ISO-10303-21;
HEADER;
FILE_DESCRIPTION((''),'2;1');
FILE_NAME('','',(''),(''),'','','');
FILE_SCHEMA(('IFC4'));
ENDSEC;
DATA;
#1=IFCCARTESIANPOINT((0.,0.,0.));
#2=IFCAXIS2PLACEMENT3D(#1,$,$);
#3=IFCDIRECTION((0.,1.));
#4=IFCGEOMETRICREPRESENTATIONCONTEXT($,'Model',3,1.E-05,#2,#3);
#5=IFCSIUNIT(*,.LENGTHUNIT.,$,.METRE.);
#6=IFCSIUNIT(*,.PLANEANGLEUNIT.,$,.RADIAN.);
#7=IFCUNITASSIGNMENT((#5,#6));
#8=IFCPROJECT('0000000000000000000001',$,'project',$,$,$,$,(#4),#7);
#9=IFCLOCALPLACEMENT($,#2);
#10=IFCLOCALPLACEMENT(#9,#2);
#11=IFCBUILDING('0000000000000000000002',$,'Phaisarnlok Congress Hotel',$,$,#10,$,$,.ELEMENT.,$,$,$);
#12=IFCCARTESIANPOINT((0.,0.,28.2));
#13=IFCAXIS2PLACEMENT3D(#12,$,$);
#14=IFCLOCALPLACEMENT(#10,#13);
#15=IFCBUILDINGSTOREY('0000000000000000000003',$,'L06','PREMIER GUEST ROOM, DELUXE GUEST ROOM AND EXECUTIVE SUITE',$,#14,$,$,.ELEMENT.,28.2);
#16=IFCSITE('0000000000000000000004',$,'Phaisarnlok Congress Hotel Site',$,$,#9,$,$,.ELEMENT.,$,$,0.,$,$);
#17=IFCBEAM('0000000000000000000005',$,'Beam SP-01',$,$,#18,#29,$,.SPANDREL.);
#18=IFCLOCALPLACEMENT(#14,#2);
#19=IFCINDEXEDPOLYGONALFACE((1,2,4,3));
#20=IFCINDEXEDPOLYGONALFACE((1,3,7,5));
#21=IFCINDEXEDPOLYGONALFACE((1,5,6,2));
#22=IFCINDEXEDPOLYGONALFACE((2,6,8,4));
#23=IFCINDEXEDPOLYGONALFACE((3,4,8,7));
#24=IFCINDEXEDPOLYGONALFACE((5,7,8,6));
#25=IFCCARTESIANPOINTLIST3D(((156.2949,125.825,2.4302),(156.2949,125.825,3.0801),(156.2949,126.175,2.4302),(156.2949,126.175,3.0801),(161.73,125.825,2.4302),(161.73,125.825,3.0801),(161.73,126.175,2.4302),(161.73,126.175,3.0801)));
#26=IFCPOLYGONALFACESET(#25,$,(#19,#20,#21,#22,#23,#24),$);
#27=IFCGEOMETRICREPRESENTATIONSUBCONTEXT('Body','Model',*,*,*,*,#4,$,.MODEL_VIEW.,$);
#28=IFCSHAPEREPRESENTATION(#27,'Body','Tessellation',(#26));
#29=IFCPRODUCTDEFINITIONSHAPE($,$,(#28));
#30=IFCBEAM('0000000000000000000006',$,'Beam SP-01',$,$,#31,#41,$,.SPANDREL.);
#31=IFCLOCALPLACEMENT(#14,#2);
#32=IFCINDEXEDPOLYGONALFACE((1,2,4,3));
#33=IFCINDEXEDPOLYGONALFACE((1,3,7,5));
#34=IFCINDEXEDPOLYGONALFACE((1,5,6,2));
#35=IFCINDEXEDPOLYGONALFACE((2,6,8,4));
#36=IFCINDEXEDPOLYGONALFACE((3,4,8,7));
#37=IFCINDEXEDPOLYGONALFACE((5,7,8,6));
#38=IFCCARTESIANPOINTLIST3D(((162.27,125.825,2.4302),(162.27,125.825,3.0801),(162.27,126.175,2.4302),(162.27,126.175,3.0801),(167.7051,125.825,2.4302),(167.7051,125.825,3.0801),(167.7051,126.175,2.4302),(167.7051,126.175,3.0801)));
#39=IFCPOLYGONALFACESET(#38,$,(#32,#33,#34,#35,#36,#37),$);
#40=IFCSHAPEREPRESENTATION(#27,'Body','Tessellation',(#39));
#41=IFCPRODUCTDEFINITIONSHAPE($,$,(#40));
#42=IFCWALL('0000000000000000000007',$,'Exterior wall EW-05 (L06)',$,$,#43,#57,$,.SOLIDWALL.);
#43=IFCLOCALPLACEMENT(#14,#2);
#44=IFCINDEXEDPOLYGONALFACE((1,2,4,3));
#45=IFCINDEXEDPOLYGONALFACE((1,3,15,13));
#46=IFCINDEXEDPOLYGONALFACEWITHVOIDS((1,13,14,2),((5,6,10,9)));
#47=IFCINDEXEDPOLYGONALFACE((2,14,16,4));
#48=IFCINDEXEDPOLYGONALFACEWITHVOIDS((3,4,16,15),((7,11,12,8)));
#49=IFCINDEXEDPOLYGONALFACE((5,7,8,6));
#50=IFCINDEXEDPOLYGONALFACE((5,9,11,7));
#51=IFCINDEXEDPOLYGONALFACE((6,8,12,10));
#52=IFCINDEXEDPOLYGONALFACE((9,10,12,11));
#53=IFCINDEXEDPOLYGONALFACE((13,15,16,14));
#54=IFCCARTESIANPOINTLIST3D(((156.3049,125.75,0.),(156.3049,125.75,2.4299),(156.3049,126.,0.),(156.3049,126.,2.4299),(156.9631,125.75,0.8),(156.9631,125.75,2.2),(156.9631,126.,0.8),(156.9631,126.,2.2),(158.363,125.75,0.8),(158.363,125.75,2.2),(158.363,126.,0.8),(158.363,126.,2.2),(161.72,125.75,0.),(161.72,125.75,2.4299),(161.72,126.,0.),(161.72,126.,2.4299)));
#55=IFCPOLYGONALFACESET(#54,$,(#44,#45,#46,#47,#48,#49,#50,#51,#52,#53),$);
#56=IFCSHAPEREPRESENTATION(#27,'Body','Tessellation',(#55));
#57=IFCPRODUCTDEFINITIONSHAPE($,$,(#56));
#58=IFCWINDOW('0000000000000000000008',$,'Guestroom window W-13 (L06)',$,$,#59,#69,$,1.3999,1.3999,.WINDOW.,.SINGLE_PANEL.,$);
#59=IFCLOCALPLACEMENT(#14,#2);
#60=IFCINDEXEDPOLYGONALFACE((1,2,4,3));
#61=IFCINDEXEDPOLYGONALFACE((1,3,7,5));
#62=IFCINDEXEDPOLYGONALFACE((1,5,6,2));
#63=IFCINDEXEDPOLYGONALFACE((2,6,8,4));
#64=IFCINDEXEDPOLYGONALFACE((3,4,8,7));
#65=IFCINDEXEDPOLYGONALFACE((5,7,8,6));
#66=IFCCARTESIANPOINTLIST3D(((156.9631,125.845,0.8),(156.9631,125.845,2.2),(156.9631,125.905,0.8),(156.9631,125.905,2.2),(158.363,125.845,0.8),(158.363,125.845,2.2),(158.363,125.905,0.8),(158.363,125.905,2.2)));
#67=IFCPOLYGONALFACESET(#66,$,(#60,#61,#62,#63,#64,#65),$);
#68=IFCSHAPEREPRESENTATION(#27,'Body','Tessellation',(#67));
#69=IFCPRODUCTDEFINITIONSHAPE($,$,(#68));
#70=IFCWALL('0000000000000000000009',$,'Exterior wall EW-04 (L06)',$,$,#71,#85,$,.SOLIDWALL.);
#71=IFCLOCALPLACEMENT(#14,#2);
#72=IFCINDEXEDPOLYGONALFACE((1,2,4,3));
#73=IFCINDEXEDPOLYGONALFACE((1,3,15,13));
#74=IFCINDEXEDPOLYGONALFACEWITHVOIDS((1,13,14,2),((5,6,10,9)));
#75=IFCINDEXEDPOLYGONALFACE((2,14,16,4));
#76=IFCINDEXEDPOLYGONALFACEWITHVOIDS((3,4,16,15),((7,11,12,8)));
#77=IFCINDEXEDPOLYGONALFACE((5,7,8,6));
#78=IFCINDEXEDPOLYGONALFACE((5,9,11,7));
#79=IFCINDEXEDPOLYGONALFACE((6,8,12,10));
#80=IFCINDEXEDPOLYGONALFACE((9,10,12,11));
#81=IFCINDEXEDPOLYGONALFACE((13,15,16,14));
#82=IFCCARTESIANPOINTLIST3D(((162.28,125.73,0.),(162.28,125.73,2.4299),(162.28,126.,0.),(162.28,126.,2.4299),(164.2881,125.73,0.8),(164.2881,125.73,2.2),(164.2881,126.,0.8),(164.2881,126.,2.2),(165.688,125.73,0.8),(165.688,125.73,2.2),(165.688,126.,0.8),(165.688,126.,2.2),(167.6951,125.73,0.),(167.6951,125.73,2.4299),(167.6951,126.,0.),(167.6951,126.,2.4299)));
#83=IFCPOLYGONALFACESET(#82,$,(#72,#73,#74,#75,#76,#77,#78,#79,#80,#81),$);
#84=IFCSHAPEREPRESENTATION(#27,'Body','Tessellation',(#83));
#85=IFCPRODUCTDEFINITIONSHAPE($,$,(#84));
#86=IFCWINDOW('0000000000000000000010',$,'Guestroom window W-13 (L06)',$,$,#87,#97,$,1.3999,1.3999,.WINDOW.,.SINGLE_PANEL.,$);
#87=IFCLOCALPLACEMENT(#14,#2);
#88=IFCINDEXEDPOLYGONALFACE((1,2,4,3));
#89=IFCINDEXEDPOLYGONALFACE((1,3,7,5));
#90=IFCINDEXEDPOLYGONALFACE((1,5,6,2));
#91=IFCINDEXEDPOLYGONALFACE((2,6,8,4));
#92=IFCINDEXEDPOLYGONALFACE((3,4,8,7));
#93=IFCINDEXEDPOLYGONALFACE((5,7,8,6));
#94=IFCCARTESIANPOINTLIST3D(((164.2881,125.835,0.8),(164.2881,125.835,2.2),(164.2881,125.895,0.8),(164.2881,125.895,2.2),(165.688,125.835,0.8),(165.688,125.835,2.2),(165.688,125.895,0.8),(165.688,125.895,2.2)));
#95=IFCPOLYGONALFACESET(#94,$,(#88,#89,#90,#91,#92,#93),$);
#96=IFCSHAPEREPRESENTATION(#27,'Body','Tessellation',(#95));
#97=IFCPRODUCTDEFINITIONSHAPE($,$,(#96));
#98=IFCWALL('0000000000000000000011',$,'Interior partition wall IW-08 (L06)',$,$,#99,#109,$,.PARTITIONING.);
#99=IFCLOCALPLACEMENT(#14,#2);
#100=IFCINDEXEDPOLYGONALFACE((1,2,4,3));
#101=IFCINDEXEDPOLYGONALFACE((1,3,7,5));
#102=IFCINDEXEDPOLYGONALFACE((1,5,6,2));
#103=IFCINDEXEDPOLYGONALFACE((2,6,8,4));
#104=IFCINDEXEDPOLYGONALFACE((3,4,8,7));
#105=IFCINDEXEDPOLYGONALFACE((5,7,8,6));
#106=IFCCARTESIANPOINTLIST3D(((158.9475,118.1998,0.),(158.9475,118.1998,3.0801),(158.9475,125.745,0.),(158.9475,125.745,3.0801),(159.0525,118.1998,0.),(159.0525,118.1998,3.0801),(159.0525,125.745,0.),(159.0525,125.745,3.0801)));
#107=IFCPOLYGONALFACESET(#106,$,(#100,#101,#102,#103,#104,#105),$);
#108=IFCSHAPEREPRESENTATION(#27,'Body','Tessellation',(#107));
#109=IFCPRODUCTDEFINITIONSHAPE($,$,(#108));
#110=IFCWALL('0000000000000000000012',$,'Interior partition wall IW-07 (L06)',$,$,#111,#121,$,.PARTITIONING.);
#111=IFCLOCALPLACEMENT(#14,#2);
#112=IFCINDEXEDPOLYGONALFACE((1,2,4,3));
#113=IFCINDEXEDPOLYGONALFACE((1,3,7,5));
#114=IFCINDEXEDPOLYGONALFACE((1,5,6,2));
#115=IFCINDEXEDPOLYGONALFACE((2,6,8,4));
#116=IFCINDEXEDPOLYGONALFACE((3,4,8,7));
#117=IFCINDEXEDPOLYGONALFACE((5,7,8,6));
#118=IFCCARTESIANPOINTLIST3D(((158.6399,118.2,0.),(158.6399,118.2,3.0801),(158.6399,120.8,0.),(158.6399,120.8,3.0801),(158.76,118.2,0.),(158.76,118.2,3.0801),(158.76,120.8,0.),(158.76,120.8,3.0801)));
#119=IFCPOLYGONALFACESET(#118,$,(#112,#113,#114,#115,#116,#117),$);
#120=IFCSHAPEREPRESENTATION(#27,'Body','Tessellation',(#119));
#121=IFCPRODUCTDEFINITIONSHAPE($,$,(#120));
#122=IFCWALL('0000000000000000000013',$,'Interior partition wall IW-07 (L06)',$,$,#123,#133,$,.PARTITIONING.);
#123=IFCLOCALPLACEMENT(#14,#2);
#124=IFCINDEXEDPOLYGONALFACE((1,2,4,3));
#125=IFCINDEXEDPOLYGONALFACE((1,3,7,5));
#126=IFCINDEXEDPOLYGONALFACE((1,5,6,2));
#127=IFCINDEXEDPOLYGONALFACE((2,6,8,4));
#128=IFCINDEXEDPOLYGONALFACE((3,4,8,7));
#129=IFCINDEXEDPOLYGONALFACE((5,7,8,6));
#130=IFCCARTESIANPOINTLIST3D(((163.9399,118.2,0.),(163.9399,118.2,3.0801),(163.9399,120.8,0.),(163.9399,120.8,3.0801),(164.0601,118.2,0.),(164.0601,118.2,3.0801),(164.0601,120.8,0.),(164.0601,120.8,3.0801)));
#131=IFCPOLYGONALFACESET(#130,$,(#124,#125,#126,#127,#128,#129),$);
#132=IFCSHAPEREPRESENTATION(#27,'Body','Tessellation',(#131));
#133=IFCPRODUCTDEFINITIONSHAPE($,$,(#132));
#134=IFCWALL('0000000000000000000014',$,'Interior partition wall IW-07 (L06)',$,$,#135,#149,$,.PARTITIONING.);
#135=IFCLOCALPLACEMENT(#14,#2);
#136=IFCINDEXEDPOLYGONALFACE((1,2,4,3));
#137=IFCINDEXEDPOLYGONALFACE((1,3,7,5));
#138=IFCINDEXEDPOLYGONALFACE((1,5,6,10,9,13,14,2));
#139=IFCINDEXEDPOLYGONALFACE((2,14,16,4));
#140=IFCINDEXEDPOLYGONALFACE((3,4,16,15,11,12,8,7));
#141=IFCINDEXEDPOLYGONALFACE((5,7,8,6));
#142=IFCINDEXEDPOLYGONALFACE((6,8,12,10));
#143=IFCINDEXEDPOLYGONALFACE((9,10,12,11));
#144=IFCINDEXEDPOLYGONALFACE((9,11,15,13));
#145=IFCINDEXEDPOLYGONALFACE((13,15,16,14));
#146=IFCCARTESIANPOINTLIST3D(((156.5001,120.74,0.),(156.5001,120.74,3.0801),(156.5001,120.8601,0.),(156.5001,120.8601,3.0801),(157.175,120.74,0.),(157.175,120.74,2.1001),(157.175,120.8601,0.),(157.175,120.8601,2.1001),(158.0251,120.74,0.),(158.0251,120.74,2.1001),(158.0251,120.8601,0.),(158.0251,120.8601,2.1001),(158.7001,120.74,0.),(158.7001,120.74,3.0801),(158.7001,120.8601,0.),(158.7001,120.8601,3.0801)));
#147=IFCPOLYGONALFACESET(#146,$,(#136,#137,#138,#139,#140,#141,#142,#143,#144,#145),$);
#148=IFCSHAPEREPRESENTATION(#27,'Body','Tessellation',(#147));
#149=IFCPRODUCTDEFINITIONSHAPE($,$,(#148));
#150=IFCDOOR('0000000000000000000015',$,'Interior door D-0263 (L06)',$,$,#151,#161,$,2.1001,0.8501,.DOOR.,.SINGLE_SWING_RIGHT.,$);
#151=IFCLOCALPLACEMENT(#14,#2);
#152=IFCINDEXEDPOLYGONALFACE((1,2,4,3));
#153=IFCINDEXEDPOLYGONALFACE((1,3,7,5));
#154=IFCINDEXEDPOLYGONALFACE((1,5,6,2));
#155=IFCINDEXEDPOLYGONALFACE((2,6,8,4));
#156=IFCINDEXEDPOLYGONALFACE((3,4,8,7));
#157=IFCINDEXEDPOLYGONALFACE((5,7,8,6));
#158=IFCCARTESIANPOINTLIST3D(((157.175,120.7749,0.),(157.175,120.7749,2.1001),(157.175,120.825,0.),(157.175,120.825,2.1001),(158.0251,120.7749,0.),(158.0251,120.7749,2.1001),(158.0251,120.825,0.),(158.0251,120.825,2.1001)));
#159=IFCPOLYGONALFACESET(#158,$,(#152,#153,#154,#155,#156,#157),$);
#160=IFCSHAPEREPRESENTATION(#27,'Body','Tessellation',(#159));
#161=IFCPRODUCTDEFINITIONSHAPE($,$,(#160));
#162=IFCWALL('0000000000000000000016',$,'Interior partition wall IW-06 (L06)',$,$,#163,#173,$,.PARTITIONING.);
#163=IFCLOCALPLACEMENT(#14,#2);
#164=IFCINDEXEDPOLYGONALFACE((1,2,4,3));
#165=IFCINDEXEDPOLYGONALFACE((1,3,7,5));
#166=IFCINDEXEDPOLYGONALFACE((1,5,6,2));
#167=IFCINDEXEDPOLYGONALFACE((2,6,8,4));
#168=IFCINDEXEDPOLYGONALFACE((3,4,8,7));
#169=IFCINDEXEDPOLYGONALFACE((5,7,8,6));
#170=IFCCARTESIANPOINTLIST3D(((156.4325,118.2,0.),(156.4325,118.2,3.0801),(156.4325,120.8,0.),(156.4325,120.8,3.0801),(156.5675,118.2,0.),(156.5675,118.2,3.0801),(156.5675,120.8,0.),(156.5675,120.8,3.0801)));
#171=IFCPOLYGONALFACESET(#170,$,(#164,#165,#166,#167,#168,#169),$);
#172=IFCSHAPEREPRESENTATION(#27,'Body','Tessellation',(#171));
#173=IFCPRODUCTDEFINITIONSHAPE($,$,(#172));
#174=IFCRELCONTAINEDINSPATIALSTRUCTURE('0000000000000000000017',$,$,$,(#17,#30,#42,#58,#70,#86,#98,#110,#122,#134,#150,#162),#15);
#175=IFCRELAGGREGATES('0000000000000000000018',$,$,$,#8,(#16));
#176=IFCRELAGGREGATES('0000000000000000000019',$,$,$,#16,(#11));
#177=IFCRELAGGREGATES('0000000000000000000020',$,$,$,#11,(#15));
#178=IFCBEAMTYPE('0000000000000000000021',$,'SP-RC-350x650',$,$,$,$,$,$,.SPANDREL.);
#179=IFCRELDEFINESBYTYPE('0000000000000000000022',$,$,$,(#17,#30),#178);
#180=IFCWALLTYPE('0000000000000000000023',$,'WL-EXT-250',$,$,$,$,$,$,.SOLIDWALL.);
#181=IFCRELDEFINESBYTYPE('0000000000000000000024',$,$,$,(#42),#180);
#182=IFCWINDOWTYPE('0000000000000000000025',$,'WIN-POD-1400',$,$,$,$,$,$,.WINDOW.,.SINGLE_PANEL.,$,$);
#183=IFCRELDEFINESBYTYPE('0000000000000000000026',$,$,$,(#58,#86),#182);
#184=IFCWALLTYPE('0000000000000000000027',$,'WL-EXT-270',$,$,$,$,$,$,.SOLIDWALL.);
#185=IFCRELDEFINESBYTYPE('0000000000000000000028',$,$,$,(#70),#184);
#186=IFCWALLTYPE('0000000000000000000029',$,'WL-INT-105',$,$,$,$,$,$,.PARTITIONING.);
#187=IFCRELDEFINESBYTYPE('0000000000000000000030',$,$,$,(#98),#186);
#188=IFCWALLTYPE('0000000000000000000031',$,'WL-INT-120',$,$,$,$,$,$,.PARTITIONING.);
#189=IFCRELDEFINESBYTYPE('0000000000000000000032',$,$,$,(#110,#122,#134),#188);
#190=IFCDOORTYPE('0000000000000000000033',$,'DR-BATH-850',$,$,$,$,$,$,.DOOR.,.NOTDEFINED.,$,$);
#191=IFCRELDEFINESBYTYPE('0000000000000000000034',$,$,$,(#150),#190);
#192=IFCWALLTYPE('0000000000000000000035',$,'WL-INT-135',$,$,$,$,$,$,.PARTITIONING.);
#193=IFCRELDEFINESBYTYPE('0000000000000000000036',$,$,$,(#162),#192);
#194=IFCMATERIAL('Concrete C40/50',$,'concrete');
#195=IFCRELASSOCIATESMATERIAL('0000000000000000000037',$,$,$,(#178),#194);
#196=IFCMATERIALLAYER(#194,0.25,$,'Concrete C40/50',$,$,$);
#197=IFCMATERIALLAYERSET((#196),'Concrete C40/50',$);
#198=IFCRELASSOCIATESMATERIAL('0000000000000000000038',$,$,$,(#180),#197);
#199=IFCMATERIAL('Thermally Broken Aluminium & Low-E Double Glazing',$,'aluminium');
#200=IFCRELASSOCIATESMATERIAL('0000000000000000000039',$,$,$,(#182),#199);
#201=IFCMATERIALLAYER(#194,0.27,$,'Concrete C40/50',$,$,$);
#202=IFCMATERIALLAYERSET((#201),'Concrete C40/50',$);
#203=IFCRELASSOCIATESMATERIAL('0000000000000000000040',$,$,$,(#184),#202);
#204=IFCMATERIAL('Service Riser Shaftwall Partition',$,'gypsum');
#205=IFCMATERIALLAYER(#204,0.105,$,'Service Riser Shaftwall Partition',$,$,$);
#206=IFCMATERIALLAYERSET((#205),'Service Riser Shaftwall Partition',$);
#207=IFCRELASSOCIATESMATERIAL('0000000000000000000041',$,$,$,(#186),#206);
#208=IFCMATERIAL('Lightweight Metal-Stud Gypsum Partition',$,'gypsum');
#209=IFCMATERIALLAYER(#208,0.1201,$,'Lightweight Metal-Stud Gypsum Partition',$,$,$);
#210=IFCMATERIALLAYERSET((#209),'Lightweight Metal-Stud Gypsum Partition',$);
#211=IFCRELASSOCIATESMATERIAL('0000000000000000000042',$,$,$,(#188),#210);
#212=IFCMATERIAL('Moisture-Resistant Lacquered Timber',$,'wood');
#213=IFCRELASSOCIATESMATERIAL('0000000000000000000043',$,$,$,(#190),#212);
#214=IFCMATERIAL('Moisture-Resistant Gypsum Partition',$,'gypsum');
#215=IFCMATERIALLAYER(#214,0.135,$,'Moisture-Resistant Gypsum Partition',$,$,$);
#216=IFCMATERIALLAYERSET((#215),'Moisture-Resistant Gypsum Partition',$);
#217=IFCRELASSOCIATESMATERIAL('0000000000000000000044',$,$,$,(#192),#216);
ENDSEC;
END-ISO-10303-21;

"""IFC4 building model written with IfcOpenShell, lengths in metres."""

from ifc_helpers import new_model, si_unit, direction, frame, frame_2d, origin, origin_2d, place, context, subcontext, project, spatial, rectangle, extrude, material, layer, layer_set, material_profile, profile_set, type_object, element, fill, save


model = new_model("IFC4")

# Units and contexts
model_context = context("Model", 3, precision=1e-05, world=origin(), true_north=direction((0.0, 1.0)))
body_context = subcontext(model_context, "Body", "Model", "MODEL_VIEW")
ifc_project = project(units=[si_unit("LENGTHUNIT", "METRE"), si_unit("PLANEANGLEUNIT", "RADIAN")], contexts=[model_context])

# Site, building, storey
site_placement = place(None, origin())
site = spatial("IfcSite", under=ifc_project, at=site_placement, Name="Phaisarnlok Congress Hotel Site", CompositionType="ELEMENT", RefElevation=0.0)
building_placement = place(site_placement, origin())
building = spatial("IfcBuilding", under=site, at=building_placement, Name="Phaisarnlok Congress Hotel", CompositionType="ELEMENT")
storey_placement = place(building_placement, frame((0.0, 0.0, 28.2)))
storey = spatial("IfcBuildingStorey", under=building, at=storey_placement, Name="L06", Description="PREMIER GUEST ROOM, DELUXE GUEST ROOM AND EXECUTIVE SUITE", CompositionType="ELEMENT", Elevation=28.2)

# Beams
ifc_material_1 = material(Name="Concrete C40/50", Category="concrete")
ifc_material_profile_1 = material_profile(ifc_material_1, rectangle(XDim=0.3501, YDim=0.6499, at=origin_2d()), Name="RC 350x650")
ifc_profile_set_1 = profile_set([ifc_material_profile_1], Name="Concrete C40/50")
beam_type_1 = type_object("IfcBeamType", Name="SP-RC-350x650", PredefinedType="SPANDREL", material=ifc_profile_set_1)
for number, where, z_axis, x_axis, name in (
    (1, (156.2949, 126.0, 2.7551), (1.0, 0.0, 0.0), (0.0, 1.0, 0.0), "Beam SP-01"),
    (2, (162.27, 126.0, 2.7551), (1.0, 0.0, 0.0), (0.0, 1.0, 0.0), "Beam SP-01"),
):
    element("IfcBeam", number, at=place(storey_placement, frame(where, z_axis=z_axis, x_axis=x_axis)), inside=storey, type_object=beam_type_1, Name=name, PredefinedType="SPANDREL", context=body_context, shape_type="SweptSolid", body=[
        extrude(rectangle(XDim=0.3501, YDim=0.6499, at=origin_2d()), origin(), (0.0, 0.0, 1.0), 5.4351),
    ])

# Walls, openings, windows
ifc_layer_1 = layer(ifc_material_1, 0.25, Name="Concrete C40/50")
ifc_layer_set_1 = layer_set([ifc_layer_1], Name="Concrete C40/50")
wall_type_1 = type_object("IfcWallType", Name="WL-EXT-250", PredefinedType="SOLIDWALL", material=ifc_layer_set_1)
wall_1_placement = place(storey_placement, frame((161.72, 125.875, 0.0), z_axis=(0.0, 0.0, 1.0), x_axis=(-1.0, 0.0, 0.0)))
wall_1 = element("IfcWall", 3, at=wall_1_placement, inside=storey, type_object=wall_type_1, Name="Exterior wall EW-05 (L06)", PredefinedType="SOLIDWALL", context=body_context, shape_type="SweptSolid", body=[
    extrude(rectangle(XDim=5.415, YDim=0.25, at=frame_2d((2.7075, 0.0))), origin(), (0.0, 0.0, 1.0), 2.4299),
])
opening_1_placement = place(wall_1_placement, frame((3.3569, 0.0, 0.8)))
opening_1 = element("IfcOpeningElement", 4, at=opening_1_placement, cuts=wall_1, PredefinedType="OPENING", context=body_context, shape_type="SweptSolid", body=[
    extrude(rectangle(XDim=1.3999, YDim=1.3999, at=frame_2d((0.7, 0.7))), frame((0.0, 0.135, 0.0), z_axis=(0.0, -1.0, 0.0), x_axis=(1.0, 0.0, 0.0)), (0.0, 0.0, 1.0), 0.27),
])
ifc_material_2 = material(Name="Thermally Broken Aluminium & Low-E Double Glazing", Category="aluminium")
window_type = type_object("IfcWindowType", Name="WIN-POD-1400", PartitioningType="SINGLE_PANEL", PredefinedType="WINDOW", material=ifc_material_2)
window_1_placement = place(opening_1_placement, origin())
window_1 = element("IfcWindow", 5, at=window_1_placement, inside=storey, type_object=window_type, Name="Guestroom window W-13 (L06)", OverallHeight=1.3999, OverallWidth=1.3999, PartitioningType="SINGLE_PANEL", PredefinedType="WINDOW", context=body_context, shape_type="SweptSolid", body=[
    extrude(rectangle(XDim=1.3999, YDim=1.3999, at=frame_2d((0.7, 0.7))), frame((0.0, 0.03, 0.0), z_axis=(0.0, -1.0, 0.0), x_axis=(1.0, 0.0, 0.0)), (0.0, 0.0, 1.0), 0.0601),
])
fill(opening_1, window_1)
ifc_layer_2 = layer(ifc_material_1, 0.27, Name="Concrete C40/50")
ifc_layer_set_2 = layer_set([ifc_layer_2], Name="Concrete C40/50")
wall_type_2 = type_object("IfcWallType", Name="WL-EXT-270", PredefinedType="SOLIDWALL", material=ifc_layer_set_2)
wall_2_placement = place(storey_placement, frame((167.6951, 125.865, 0.0), z_axis=(0.0, 0.0, 1.0), x_axis=(-1.0, 0.0, 0.0)))
wall_2 = element("IfcWall", 6, at=wall_2_placement, inside=storey, type_object=wall_type_2, Name="Exterior wall EW-04 (L06)", PredefinedType="SOLIDWALL", context=body_context, shape_type="SweptSolid", body=[
    extrude(rectangle(XDim=5.415, YDim=0.27, at=frame_2d((2.7075, 0.0))), origin(), (0.0, 0.0, 1.0), 2.4299),
])
opening_2_placement = place(wall_2_placement, frame((2.0071, 0.0, 0.8)))
opening_2 = element("IfcOpeningElement", 7, at=opening_2_placement, cuts=wall_2, PredefinedType="OPENING", context=body_context, shape_type="SweptSolid", body=[
    extrude(rectangle(XDim=1.3999, YDim=1.3999, at=frame_2d((0.7, 0.7))), frame((0.0, 0.145, 0.0), z_axis=(0.0, -1.0, 0.0), x_axis=(1.0, 0.0, 0.0)), (0.0, 0.0, 1.0), 0.29),
])
window_2_placement = place(opening_2_placement, origin())
window_2 = element("IfcWindow", 8, at=window_2_placement, inside=storey, type_object=window_type, Name="Guestroom window W-13 (L06)", OverallHeight=1.3999, OverallWidth=1.3999, PartitioningType="SINGLE_PANEL", PredefinedType="WINDOW", context=body_context, shape_type="SweptSolid", body=[
    extrude(rectangle(XDim=1.3999, YDim=1.3999, at=frame_2d((0.7, 0.7))), frame((0.0, 0.03, 0.0), z_axis=(0.0, -1.0, 0.0), x_axis=(1.0, 0.0, 0.0)), (0.0, 0.0, 1.0), 0.0601),
])
fill(opening_2, window_2)

# Walls
ifc_material_3 = material(Name="Service Riser Shaftwall Partition", Category="gypsum")
ifc_layer_3 = layer(ifc_material_3, 0.105, Name="Service Riser Shaftwall Partition")
ifc_layer_set_3 = layer_set([ifc_layer_3], Name="Service Riser Shaftwall Partition")
wall_type_3 = type_object("IfcWallType", Name="WL-INT-105", PredefinedType="PARTITIONING", material=ifc_layer_set_3)
wall_3_placement = place(storey_placement, frame((159.0, 118.2, 0.0), z_axis=(0.0, 0.0, 1.0), x_axis=(0.0, 1.0, 0.0)))
element("IfcWall", 9, at=wall_3_placement, inside=storey, type_object=wall_type_3, Name="Interior partition wall IW-08 (L06)", PredefinedType="PARTITIONING", context=body_context, shape_type="SweptSolid", body=[
    extrude(rectangle(XDim=7.5452, YDim=0.105, at=frame_2d((3.7725, 0.0))), origin(), (0.0, 0.0, 1.0), 3.0801),
])
ifc_material_4 = material(Name="Lightweight Metal-Stud Gypsum Partition", Category="gypsum")
ifc_layer_4 = layer(ifc_material_4, 0.1201, Name="Lightweight Metal-Stud Gypsum Partition")
ifc_layer_set_4 = layer_set([ifc_layer_4], Name="Lightweight Metal-Stud Gypsum Partition")
wall_type_4 = type_object("IfcWallType", Name="WL-INT-120", PredefinedType="PARTITIONING", material=ifc_layer_set_4)
for number, where, z_axis, x_axis, name in (
    (10, (158.7, 118.2, 0.0), (0.0, 0.0, 1.0), (0.0, 1.0, 0.0), "Interior partition wall IW-07 (L06)"),
    (11, (164.0, 118.2, 0.0), (0.0, 0.0, 1.0), (0.0, 1.0, 0.0), "Interior partition wall IW-07 (L06)"),
):
    element("IfcWall", number, at=place(storey_placement, frame(where, z_axis=z_axis, x_axis=x_axis)), inside=storey, type_object=wall_type_4, Name=name, PredefinedType="PARTITIONING", context=body_context, shape_type="SweptSolid", body=[
        extrude(rectangle(XDim=2.6001, YDim=0.1201, at=frame_2d((1.3, 0.0))), origin(), (0.0, 0.0, 1.0), 3.0801),
    ])

# Wall, opening, door
wall_4_placement = place(storey_placement, frame((156.5, 120.8, 0.0), z_axis=(0.0, 0.0, 1.0), x_axis=(1.0, 0.0, 0.0)))
wall_4 = element("IfcWall", 12, at=wall_4_placement, inside=storey, type_object=wall_type_4, Name="Interior partition wall IW-07 (L06)", PredefinedType="PARTITIONING", context=body_context, shape_type="SweptSolid", body=[
    extrude(rectangle(XDim=2.2, YDim=0.1201, at=frame_2d((1.1001, 0.0))), origin(), (0.0, 0.0, 1.0), 3.0801),
])
opening_3_placement = place(wall_4_placement, frame((0.675, 0.0, 0.0)))
opening_3 = element("IfcOpeningElement", 13, at=opening_3_placement, cuts=wall_4, PredefinedType="OPENING", context=body_context, shape_type="SweptSolid", body=[
    extrude(rectangle(XDim=0.8501, YDim=2.1001, at=frame_2d((0.425, 1.05))), frame((0.0, 0.0701, 0.0), z_axis=(0.0, -1.0, 0.0), x_axis=(1.0, 0.0, 0.0)), (0.0, 0.0, 1.0), 0.1401),
])
ifc_material_5 = material(Name="Moisture-Resistant Lacquered Timber", Category="wood")
door_type = type_object("IfcDoorType", Name="DR-BATH-850", OperationType="NOTDEFINED", PredefinedType="DOOR", material=ifc_material_5)
door_1_placement = place(opening_3_placement, origin())
door_1 = element("IfcDoor", 14, at=door_1_placement, inside=storey, type_object=door_type, Name="Interior door D-0263 (L06)", OperationType="SINGLE_SWING_RIGHT", OverallHeight=2.1001, OverallWidth=0.8501, PredefinedType="DOOR", context=body_context, shape_type="SweptSolid", body=[
    extrude(rectangle(XDim=0.8501, YDim=2.1001, at=frame_2d((0.425, 1.05))), frame((0.0, 0.0249, 0.0), z_axis=(0.0, -1.0, 0.0), x_axis=(1.0, 0.0, 0.0)), (0.0, 0.0, 1.0), 0.05),
])
fill(opening_3, door_1)

# Wall
ifc_material_6 = material(Name="Moisture-Resistant Gypsum Partition", Category="gypsum")
ifc_layer_5 = layer(ifc_material_6, 0.135, Name="Moisture-Resistant Gypsum Partition")
ifc_layer_set_5 = layer_set([ifc_layer_5], Name="Moisture-Resistant Gypsum Partition")
wall_type_5 = type_object("IfcWallType", Name="WL-INT-135", PredefinedType="PARTITIONING", material=ifc_layer_set_5)
for number, where, z_axis, x_axis, name in (
    (15, (156.5, 118.2, 0.0), (0.0, 0.0, 1.0), (0.0, 1.0, 0.0), "Interior partition wall IW-06 (L06)"),
):
    element("IfcWall", number, at=place(storey_placement, frame(where, z_axis=z_axis, x_axis=x_axis)), inside=storey, type_object=wall_type_5, Name=name, PredefinedType="PARTITIONING", context=body_context, shape_type="SweptSolid", body=[
        extrude(rectangle(XDim=2.6001, YDim=0.135, at=frame_2d((1.3, 0.0))), origin(), (0.0, 0.0, 1.0), 3.0801),
    ])

save(model, "model.ifc")
